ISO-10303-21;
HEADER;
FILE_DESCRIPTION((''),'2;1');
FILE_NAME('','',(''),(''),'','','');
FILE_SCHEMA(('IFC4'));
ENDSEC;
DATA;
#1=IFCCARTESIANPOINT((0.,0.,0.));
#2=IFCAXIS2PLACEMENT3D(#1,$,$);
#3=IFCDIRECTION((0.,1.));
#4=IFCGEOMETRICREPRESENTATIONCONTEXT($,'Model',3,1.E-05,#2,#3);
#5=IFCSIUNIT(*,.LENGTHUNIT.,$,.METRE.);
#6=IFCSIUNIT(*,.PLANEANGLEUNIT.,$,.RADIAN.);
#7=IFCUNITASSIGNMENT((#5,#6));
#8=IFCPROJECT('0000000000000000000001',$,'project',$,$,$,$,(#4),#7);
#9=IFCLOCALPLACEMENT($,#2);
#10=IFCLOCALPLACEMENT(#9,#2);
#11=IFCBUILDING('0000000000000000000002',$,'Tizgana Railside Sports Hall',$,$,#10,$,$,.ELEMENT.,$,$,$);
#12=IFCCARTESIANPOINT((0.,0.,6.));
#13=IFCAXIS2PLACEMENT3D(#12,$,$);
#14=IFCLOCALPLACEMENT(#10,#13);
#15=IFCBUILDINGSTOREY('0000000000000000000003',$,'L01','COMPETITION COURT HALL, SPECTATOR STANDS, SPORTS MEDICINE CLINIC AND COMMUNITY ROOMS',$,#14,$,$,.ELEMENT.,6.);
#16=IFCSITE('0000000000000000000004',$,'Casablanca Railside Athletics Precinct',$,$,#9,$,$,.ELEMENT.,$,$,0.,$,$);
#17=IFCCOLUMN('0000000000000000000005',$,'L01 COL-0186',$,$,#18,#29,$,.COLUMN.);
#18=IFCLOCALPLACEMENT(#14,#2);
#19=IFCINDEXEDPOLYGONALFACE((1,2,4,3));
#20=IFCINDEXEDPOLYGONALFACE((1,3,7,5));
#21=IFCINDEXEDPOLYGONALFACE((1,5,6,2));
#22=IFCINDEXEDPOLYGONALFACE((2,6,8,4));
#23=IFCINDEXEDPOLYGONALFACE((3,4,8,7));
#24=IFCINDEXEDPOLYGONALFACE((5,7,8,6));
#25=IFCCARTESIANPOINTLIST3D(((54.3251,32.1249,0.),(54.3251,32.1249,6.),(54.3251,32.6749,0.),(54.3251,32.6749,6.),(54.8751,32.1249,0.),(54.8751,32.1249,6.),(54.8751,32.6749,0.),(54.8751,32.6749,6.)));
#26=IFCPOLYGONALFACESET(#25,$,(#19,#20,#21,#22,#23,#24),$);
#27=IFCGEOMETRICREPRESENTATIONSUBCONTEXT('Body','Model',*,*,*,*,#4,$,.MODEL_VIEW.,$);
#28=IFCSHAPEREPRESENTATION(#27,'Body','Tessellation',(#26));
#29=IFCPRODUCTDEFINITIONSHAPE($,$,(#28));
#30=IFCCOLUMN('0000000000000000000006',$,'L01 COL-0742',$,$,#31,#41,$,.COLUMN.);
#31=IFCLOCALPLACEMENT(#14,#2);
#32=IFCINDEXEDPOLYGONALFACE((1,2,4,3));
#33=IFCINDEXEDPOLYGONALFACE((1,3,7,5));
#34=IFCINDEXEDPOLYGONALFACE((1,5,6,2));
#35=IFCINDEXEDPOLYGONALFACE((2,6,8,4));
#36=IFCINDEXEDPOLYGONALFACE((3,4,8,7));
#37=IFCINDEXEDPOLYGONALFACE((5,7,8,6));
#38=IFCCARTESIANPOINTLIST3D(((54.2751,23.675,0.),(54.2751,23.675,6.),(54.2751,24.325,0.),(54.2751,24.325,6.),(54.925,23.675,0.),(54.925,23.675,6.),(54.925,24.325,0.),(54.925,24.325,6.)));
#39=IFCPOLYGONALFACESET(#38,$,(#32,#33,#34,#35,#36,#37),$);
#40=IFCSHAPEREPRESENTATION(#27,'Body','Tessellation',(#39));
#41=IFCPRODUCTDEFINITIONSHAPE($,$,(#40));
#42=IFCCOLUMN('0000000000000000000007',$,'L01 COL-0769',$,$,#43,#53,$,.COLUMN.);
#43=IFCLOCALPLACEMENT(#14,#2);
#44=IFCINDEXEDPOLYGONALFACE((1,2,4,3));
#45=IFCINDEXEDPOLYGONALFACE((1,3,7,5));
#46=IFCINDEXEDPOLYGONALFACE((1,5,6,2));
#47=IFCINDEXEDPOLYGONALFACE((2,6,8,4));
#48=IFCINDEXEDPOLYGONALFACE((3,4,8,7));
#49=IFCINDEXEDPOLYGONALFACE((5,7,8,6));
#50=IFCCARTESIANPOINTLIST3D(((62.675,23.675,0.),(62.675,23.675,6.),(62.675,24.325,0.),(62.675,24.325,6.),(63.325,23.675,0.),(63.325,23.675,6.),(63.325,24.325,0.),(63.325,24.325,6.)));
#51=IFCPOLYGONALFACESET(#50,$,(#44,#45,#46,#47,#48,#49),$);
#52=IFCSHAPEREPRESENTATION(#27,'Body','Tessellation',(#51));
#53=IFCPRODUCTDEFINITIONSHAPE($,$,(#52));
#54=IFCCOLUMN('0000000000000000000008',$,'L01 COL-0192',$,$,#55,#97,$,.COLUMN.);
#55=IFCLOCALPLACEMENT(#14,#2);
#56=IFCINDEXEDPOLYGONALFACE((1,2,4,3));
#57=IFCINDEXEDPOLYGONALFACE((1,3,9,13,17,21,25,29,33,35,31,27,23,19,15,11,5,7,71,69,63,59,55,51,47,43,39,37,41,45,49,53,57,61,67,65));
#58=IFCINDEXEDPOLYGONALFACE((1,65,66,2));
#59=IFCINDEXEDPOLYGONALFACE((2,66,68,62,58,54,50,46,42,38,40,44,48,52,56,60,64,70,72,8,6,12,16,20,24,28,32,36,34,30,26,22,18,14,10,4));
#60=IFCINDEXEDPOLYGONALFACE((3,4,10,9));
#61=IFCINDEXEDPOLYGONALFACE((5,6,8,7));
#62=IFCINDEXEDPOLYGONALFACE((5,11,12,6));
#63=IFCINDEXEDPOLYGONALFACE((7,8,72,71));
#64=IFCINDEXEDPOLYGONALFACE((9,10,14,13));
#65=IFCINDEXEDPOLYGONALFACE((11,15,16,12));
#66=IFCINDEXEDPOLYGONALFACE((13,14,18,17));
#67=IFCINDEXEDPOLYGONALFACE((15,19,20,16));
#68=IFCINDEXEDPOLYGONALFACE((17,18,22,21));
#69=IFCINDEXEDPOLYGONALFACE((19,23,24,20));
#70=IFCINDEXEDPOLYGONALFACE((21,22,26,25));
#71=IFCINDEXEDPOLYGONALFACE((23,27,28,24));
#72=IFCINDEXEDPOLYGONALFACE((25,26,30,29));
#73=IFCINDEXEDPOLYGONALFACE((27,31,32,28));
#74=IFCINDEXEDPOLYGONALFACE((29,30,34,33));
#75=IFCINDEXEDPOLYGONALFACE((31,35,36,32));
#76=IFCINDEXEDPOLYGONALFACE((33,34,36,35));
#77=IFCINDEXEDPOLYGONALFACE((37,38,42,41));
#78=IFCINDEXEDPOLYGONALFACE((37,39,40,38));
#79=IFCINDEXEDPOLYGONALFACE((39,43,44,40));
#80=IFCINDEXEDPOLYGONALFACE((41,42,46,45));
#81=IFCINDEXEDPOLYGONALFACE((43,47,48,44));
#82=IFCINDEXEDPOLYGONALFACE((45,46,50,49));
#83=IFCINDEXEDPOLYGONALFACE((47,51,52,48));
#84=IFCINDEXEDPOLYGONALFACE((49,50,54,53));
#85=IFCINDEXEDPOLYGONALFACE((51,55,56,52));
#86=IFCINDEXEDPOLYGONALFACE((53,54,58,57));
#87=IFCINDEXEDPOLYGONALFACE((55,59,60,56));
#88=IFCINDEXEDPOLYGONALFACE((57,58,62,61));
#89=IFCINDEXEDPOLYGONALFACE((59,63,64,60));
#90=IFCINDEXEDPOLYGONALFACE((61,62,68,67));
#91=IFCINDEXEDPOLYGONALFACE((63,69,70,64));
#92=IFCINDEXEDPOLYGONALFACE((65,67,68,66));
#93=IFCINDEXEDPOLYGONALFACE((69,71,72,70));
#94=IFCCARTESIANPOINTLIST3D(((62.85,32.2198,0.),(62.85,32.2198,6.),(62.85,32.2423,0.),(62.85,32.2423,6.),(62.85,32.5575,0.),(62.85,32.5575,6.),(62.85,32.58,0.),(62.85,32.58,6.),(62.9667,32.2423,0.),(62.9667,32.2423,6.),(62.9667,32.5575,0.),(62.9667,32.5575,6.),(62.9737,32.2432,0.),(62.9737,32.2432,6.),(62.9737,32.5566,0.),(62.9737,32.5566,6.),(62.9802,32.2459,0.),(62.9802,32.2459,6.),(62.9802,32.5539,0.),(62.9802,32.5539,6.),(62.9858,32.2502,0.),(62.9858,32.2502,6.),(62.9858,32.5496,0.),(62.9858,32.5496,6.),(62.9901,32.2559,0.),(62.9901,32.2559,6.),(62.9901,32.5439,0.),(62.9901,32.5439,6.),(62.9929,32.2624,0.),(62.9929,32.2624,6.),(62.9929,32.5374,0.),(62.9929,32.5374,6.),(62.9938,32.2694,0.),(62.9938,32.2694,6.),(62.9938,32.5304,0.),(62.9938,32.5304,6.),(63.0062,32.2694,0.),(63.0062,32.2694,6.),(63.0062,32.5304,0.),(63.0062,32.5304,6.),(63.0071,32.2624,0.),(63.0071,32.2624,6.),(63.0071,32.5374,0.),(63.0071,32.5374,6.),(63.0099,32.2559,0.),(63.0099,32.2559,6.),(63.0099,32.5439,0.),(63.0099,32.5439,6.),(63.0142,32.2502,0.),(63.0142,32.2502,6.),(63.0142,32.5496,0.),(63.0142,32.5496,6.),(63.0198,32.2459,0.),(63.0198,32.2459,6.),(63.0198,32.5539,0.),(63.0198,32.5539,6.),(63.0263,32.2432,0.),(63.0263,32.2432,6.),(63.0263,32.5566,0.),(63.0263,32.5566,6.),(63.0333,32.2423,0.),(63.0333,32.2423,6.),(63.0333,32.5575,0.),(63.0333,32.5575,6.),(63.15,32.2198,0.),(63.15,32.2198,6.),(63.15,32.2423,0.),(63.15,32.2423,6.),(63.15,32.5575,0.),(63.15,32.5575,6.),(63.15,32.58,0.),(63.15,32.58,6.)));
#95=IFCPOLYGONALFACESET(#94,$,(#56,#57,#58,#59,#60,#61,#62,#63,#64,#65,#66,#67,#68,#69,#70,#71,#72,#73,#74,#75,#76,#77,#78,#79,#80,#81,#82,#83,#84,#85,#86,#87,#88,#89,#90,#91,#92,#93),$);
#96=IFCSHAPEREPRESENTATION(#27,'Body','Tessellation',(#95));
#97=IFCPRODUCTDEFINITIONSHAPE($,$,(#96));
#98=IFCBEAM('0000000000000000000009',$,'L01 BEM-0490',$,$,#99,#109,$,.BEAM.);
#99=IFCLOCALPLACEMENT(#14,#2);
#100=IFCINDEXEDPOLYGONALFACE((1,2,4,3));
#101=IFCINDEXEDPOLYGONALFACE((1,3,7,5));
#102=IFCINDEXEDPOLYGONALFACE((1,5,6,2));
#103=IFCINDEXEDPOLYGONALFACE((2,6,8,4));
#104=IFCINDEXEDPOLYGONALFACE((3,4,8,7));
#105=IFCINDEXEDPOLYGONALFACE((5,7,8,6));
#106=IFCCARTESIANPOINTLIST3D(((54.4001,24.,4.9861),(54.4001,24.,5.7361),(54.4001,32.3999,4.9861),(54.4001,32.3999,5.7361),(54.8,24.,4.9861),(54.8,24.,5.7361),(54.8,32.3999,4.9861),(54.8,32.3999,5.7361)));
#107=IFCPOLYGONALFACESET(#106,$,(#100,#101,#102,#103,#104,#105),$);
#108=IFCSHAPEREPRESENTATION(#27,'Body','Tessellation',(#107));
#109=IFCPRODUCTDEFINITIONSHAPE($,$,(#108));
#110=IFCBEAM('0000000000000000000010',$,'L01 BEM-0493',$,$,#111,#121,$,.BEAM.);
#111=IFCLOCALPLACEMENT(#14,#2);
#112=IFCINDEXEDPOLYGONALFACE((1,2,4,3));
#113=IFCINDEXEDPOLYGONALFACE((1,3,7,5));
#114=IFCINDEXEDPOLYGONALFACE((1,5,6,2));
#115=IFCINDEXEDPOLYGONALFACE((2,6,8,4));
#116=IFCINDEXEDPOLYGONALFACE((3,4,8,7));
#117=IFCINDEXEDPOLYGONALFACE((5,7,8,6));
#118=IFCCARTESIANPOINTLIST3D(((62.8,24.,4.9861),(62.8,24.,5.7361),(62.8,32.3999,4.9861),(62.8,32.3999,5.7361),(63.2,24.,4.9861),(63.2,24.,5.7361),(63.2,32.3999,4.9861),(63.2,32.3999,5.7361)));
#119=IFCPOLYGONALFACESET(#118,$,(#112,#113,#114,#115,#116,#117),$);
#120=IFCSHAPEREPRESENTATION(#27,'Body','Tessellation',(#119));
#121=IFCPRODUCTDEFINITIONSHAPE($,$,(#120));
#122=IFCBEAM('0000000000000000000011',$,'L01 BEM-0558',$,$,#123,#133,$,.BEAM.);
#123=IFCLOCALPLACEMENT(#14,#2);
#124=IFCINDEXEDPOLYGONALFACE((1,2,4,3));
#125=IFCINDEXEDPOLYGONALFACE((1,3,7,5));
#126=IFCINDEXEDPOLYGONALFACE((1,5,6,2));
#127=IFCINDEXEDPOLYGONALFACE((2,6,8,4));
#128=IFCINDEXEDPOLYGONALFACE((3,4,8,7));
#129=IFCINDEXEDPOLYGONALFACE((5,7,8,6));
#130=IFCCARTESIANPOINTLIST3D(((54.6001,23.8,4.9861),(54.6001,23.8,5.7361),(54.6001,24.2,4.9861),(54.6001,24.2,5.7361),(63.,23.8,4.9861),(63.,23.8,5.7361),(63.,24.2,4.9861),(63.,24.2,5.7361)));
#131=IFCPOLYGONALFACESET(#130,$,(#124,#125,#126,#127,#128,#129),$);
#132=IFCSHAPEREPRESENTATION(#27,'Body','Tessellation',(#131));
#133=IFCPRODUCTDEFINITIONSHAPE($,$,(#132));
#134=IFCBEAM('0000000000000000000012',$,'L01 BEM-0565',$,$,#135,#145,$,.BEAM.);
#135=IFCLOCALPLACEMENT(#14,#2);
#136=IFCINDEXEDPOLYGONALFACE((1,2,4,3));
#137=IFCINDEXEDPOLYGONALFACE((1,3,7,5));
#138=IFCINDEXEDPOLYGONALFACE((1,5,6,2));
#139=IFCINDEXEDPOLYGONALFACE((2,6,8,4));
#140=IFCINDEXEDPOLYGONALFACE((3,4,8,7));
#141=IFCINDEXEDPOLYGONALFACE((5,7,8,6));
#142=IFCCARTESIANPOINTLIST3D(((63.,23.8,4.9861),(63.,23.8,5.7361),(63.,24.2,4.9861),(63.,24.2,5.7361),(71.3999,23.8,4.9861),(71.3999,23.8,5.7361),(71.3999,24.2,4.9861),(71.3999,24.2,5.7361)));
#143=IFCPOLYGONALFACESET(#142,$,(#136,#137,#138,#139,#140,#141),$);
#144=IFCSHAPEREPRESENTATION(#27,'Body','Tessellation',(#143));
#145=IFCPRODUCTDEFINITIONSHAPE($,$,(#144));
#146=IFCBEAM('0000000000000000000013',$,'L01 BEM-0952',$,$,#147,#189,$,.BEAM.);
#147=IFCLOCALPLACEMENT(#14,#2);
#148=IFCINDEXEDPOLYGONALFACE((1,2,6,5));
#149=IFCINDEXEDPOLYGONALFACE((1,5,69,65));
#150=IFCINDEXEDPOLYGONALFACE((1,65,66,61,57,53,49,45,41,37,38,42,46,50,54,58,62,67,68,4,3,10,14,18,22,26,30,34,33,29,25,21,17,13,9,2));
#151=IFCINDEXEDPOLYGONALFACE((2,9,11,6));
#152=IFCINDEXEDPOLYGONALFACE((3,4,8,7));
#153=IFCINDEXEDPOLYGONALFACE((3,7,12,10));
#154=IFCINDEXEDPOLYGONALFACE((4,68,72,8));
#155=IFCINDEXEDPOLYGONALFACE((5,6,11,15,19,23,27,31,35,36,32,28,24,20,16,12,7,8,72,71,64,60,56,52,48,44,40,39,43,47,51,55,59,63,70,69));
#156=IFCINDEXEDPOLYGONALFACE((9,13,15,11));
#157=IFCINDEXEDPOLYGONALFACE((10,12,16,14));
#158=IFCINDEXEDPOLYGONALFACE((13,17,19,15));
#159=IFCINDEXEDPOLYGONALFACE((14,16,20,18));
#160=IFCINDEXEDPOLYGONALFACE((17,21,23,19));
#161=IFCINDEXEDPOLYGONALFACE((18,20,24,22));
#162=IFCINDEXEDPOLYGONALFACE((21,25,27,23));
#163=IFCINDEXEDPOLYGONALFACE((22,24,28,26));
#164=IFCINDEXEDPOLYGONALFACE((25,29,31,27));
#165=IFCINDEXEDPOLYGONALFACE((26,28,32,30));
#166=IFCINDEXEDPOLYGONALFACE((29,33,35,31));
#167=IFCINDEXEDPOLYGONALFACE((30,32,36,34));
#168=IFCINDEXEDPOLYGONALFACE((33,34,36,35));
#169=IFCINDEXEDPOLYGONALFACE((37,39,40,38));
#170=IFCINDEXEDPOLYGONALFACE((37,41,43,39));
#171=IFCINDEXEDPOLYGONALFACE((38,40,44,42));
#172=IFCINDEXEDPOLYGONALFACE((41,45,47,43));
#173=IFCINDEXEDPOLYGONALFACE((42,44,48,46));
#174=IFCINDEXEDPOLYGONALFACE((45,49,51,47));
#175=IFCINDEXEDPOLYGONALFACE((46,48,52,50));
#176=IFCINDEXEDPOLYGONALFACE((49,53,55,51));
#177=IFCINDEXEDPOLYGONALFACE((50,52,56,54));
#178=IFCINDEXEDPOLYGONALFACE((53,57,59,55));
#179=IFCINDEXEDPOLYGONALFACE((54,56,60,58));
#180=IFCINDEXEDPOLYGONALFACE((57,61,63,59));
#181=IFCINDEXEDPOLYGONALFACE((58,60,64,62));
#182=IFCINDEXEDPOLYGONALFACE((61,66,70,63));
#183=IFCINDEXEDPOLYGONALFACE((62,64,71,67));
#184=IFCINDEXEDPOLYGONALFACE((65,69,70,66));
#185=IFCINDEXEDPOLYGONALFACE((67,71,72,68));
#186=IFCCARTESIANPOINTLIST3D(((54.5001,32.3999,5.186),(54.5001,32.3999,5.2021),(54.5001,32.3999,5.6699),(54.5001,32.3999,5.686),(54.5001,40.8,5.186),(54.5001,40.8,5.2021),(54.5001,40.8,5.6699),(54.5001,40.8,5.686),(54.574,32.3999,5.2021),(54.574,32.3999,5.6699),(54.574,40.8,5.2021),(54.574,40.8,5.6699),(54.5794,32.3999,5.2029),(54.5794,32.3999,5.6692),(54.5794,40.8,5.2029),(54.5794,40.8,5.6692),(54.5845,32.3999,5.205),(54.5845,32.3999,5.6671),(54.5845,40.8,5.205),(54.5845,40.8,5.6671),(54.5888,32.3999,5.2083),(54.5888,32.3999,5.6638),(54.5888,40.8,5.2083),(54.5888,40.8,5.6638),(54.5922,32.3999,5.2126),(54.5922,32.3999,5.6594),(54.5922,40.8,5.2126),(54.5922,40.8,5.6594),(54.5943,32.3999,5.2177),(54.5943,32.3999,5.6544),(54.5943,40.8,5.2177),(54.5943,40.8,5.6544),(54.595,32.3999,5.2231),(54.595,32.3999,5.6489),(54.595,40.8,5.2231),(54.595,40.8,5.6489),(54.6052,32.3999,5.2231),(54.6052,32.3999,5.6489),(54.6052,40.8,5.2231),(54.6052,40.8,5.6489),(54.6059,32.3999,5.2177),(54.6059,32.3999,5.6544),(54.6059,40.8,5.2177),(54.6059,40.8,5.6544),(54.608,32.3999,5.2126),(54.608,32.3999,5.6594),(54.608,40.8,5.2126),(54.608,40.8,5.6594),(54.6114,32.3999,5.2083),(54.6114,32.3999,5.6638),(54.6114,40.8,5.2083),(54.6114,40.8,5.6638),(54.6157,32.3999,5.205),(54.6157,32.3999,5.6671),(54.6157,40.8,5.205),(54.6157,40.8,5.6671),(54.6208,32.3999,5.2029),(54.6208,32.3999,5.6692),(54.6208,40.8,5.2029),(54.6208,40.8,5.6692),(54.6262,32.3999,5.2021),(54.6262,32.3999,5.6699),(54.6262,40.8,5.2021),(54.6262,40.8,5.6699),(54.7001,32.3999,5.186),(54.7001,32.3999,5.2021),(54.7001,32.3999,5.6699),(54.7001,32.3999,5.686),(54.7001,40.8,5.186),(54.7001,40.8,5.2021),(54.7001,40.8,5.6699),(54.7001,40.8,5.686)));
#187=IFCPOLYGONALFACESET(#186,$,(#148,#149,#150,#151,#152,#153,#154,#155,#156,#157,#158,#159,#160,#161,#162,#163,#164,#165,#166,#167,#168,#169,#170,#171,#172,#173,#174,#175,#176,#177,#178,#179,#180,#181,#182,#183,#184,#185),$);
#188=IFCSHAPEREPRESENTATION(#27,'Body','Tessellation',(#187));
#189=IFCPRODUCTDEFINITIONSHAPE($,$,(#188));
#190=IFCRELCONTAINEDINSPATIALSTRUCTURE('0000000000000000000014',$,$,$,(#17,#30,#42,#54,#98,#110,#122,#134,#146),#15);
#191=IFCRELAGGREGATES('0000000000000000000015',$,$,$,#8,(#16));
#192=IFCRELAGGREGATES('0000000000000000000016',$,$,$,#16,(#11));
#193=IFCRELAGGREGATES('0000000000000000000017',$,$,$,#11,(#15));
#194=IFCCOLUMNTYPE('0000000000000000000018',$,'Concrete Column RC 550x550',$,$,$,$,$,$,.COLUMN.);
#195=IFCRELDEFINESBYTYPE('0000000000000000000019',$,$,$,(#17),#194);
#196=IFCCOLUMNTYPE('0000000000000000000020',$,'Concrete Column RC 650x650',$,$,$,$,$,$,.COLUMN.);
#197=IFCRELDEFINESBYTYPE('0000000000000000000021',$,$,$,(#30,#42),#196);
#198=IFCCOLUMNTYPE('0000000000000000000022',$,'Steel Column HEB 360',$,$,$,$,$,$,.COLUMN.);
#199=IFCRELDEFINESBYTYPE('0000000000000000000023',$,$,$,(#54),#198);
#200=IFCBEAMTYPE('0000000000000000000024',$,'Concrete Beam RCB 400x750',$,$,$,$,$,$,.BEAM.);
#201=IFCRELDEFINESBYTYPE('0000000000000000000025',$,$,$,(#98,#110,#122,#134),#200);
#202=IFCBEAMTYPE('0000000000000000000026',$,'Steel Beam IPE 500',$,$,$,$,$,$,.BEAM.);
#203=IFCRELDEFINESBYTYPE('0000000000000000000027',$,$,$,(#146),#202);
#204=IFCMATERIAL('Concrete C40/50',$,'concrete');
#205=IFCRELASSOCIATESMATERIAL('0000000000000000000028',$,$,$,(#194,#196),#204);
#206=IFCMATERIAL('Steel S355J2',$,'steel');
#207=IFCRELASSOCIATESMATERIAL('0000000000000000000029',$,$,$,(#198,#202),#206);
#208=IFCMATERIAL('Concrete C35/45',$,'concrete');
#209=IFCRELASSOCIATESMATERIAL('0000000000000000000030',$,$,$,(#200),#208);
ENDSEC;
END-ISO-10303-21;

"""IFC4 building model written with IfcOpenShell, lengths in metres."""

from ifc_helpers import new_model, si_unit, direction, frame, origin, origin_2d, place, context, subcontext, project, spatial, rectangle, i_section, extrude, material, material_profile, profile_set, type_object, element, save


model = new_model("IFC4")

# Units and contexts
model_context = context("Model", 3, precision=1e-05, world=origin(), true_north=direction((0.0, 1.0)))
body_context = subcontext(model_context, "Body", "Model", "MODEL_VIEW")
ifc_project = project(units=[si_unit("LENGTHUNIT", "METRE"), si_unit("PLANEANGLEUNIT", "RADIAN")], contexts=[model_context])

# Site, building, storey
site_placement = place(None, origin())
site = spatial("IfcSite", under=ifc_project, at=site_placement, Name="Casablanca Railside Athletics Precinct", CompositionType="ELEMENT", RefElevation=0.0)
building_placement = place(site_placement, origin())
building = spatial("IfcBuilding", under=site, at=building_placement, Name="Tizgana Railside Sports Hall", CompositionType="ELEMENT")
storey_placement = place(building_placement, frame((0.0, 0.0, 6.0)))
storey = spatial("IfcBuildingStorey", under=building, at=storey_placement, Name="L01", Description="COMPETITION COURT HALL, SPECTATOR STANDS, SPORTS MEDICINE CLINIC AND COMMUNITY ROOMS", CompositionType="ELEMENT", Elevation=6.0)

# Columns
ifc_material_1 = material(Name="Concrete C40/50", Category="concrete")
ifc_material_profile_1 = material_profile(ifc_material_1, rectangle(XDim=0.55, YDim=0.55, at=origin_2d()), Name="RC 550x550")
ifc_profile_set_1 = profile_set([ifc_material_profile_1], Name="Concrete C40/50")
column_type_1 = type_object("IfcColumnType", Name="Concrete Column RC 550x550", PredefinedType="COLUMN", material=ifc_profile_set_1)
column_1_placement = place(storey_placement, frame((54.6001, 32.3999, 0.0), z_axis=(0.0, 0.0, 1.0), x_axis=(1.0, 0.0, 0.0)))
element("IfcColumn", 1, at=column_1_placement, inside=storey, type_object=column_type_1, Name="L01 COL-0186", PredefinedType="COLUMN", context=body_context, shape_type="SweptSolid", body=[
    extrude(rectangle(XDim=0.55, YDim=0.55, at=origin_2d()), origin(), (0.0, 0.0, 1.0), 6.0),
])
ifc_material_profile_2 = material_profile(ifc_material_1, rectangle(XDim=0.6499, YDim=0.6499, at=origin_2d()), Name="RC 650x650")
ifc_profile_set_2 = profile_set([ifc_material_profile_2], Name="Concrete C40/50")
column_type_2 = type_object("IfcColumnType", Name="Concrete Column RC 650x650", PredefinedType="COLUMN", material=ifc_profile_set_2)
for number, where, z_axis, x_axis, name in (
    (2, (54.6001, 24.0, 0.0), (0.0, 0.0, 1.0), (1.0, 0.0, 0.0), "L01 COL-0742"),
    (3, (63.0, 24.0, 0.0), (0.0, 0.0, 1.0), (1.0, 0.0, 0.0), "L01 COL-0769"),
):
    element("IfcColumn", number, at=place(storey_placement, frame(where, z_axis=z_axis, x_axis=x_axis)), inside=storey, type_object=column_type_2, Name=name, PredefinedType="COLUMN", context=body_context, shape_type="SweptSolid", body=[
        extrude(rectangle(XDim=0.6499, YDim=0.6499, at=origin_2d()), origin(), (0.0, 0.0, 1.0), 6.0),
    ])
ifc_material_2 = material(Name="Steel S355J2", Category="steel")
ifc_material_profile_3 = material_profile(ifc_material_2, i_section(OverallWidth=0.3, OverallDepth=0.3601, WebThickness=0.0125, FlangeThickness=0.0225, FilletRadius=0.0271, at=origin_2d()), Name="HEB 360")
ifc_profile_set_3 = profile_set([ifc_material_profile_3], Name="Steel S355J2")
column_type_3 = type_object("IfcColumnType", Name="Steel Column HEB 360", PredefinedType="COLUMN", material=ifc_profile_set_3)
column_2_placement = place(storey_placement, frame((63.0, 32.3999, 0.0), z_axis=(0.0, 0.0, 1.0), x_axis=(1.0, 0.0, 0.0)))
element("IfcColumn", 4, at=column_2_placement, inside=storey, type_object=column_type_3, Name="L01 COL-0192", PredefinedType="COLUMN", context=body_context, shape_type="SweptSolid", body=[
    extrude(i_section(OverallWidth=0.3, OverallDepth=0.3601, WebThickness=0.0125, FlangeThickness=0.0225, FilletRadius=0.0271, at=origin_2d()), origin(), (0.0, 0.0, 1.0), 6.0),
])

# Beams
ifc_material_3 = material(Name="Concrete C35/45", Category="concrete")
ifc_material_profile_4 = material_profile(ifc_material_3, rectangle(XDim=0.3999, YDim=0.75, at=origin_2d()), Name="RCB 400x750")
ifc_profile_set_4 = profile_set([ifc_material_profile_4], Name="Concrete C35/45")
beam_type_1 = type_object("IfcBeamType", Name="Concrete Beam RCB 400x750", PredefinedType="BEAM", material=ifc_profile_set_4)
for number, where, z_axis, x_axis, name in (
    (5, (54.6001, 24.0, 5.3611), (0.0, 1.0, 0.0), (-1.0, 0.0, 0.0), "L01 BEM-0490"),
    (6, (63.0, 24.0, 5.3611), (0.0, 1.0, 0.0), (-1.0, 0.0, 0.0), "L01 BEM-0493"),
    (7, (54.6001, 24.0, 5.3611), (1.0, 0.0, 0.0), (0.0, 1.0, 0.0), "L01 BEM-0558"),
    (8, (63.0, 24.0, 5.3611), (1.0, 0.0, 0.0), (0.0, 1.0, 0.0), "L01 BEM-0565"),
):
    element("IfcBeam", number, at=place(storey_placement, frame(where, z_axis=z_axis, x_axis=x_axis)), inside=storey, type_object=beam_type_1, Name=name, PredefinedType="BEAM", context=body_context, shape_type="SweptSolid", body=[
        extrude(rectangle(XDim=0.3999, YDim=0.75, at=origin_2d()), origin(), (0.0, 0.0, 1.0), 8.3999),
    ])
ifc_material_profile_5 = material_profile(ifc_material_2, i_section(OverallWidth=0.2, OverallDepth=0.5, WebThickness=0.0103, FlangeThickness=0.0161, FilletRadius=0.021, at=origin_2d()), Name="IPE 500")
ifc_profile_set_5 = profile_set([ifc_material_profile_5], Name="Steel S355J2")
beam_type_2 = type_object("IfcBeamType", Name="Steel Beam IPE 500", PredefinedType="BEAM", material=ifc_profile_set_5)
for number, where, z_axis, x_axis, name in (
    (9, (54.6001, 32.3999, 5.436), (0.0, 1.0, 0.0), (-1.0, 0.0, 0.0), "L01 BEM-0952"),
):
    element("IfcBeam", number, at=place(storey_placement, frame(where, z_axis=z_axis, x_axis=x_axis)), inside=storey, type_object=beam_type_2, Name=name, PredefinedType="BEAM", context=body_context, shape_type="SweptSolid", body=[
        extrude(i_section(OverallWidth=0.2, OverallDepth=0.5, WebThickness=0.0103, FlangeThickness=0.0161, FilletRadius=0.021, at=origin_2d()), origin(), (0.0, 0.0, 1.0), 8.4001),
    ])

save(model, "model.ifc")
